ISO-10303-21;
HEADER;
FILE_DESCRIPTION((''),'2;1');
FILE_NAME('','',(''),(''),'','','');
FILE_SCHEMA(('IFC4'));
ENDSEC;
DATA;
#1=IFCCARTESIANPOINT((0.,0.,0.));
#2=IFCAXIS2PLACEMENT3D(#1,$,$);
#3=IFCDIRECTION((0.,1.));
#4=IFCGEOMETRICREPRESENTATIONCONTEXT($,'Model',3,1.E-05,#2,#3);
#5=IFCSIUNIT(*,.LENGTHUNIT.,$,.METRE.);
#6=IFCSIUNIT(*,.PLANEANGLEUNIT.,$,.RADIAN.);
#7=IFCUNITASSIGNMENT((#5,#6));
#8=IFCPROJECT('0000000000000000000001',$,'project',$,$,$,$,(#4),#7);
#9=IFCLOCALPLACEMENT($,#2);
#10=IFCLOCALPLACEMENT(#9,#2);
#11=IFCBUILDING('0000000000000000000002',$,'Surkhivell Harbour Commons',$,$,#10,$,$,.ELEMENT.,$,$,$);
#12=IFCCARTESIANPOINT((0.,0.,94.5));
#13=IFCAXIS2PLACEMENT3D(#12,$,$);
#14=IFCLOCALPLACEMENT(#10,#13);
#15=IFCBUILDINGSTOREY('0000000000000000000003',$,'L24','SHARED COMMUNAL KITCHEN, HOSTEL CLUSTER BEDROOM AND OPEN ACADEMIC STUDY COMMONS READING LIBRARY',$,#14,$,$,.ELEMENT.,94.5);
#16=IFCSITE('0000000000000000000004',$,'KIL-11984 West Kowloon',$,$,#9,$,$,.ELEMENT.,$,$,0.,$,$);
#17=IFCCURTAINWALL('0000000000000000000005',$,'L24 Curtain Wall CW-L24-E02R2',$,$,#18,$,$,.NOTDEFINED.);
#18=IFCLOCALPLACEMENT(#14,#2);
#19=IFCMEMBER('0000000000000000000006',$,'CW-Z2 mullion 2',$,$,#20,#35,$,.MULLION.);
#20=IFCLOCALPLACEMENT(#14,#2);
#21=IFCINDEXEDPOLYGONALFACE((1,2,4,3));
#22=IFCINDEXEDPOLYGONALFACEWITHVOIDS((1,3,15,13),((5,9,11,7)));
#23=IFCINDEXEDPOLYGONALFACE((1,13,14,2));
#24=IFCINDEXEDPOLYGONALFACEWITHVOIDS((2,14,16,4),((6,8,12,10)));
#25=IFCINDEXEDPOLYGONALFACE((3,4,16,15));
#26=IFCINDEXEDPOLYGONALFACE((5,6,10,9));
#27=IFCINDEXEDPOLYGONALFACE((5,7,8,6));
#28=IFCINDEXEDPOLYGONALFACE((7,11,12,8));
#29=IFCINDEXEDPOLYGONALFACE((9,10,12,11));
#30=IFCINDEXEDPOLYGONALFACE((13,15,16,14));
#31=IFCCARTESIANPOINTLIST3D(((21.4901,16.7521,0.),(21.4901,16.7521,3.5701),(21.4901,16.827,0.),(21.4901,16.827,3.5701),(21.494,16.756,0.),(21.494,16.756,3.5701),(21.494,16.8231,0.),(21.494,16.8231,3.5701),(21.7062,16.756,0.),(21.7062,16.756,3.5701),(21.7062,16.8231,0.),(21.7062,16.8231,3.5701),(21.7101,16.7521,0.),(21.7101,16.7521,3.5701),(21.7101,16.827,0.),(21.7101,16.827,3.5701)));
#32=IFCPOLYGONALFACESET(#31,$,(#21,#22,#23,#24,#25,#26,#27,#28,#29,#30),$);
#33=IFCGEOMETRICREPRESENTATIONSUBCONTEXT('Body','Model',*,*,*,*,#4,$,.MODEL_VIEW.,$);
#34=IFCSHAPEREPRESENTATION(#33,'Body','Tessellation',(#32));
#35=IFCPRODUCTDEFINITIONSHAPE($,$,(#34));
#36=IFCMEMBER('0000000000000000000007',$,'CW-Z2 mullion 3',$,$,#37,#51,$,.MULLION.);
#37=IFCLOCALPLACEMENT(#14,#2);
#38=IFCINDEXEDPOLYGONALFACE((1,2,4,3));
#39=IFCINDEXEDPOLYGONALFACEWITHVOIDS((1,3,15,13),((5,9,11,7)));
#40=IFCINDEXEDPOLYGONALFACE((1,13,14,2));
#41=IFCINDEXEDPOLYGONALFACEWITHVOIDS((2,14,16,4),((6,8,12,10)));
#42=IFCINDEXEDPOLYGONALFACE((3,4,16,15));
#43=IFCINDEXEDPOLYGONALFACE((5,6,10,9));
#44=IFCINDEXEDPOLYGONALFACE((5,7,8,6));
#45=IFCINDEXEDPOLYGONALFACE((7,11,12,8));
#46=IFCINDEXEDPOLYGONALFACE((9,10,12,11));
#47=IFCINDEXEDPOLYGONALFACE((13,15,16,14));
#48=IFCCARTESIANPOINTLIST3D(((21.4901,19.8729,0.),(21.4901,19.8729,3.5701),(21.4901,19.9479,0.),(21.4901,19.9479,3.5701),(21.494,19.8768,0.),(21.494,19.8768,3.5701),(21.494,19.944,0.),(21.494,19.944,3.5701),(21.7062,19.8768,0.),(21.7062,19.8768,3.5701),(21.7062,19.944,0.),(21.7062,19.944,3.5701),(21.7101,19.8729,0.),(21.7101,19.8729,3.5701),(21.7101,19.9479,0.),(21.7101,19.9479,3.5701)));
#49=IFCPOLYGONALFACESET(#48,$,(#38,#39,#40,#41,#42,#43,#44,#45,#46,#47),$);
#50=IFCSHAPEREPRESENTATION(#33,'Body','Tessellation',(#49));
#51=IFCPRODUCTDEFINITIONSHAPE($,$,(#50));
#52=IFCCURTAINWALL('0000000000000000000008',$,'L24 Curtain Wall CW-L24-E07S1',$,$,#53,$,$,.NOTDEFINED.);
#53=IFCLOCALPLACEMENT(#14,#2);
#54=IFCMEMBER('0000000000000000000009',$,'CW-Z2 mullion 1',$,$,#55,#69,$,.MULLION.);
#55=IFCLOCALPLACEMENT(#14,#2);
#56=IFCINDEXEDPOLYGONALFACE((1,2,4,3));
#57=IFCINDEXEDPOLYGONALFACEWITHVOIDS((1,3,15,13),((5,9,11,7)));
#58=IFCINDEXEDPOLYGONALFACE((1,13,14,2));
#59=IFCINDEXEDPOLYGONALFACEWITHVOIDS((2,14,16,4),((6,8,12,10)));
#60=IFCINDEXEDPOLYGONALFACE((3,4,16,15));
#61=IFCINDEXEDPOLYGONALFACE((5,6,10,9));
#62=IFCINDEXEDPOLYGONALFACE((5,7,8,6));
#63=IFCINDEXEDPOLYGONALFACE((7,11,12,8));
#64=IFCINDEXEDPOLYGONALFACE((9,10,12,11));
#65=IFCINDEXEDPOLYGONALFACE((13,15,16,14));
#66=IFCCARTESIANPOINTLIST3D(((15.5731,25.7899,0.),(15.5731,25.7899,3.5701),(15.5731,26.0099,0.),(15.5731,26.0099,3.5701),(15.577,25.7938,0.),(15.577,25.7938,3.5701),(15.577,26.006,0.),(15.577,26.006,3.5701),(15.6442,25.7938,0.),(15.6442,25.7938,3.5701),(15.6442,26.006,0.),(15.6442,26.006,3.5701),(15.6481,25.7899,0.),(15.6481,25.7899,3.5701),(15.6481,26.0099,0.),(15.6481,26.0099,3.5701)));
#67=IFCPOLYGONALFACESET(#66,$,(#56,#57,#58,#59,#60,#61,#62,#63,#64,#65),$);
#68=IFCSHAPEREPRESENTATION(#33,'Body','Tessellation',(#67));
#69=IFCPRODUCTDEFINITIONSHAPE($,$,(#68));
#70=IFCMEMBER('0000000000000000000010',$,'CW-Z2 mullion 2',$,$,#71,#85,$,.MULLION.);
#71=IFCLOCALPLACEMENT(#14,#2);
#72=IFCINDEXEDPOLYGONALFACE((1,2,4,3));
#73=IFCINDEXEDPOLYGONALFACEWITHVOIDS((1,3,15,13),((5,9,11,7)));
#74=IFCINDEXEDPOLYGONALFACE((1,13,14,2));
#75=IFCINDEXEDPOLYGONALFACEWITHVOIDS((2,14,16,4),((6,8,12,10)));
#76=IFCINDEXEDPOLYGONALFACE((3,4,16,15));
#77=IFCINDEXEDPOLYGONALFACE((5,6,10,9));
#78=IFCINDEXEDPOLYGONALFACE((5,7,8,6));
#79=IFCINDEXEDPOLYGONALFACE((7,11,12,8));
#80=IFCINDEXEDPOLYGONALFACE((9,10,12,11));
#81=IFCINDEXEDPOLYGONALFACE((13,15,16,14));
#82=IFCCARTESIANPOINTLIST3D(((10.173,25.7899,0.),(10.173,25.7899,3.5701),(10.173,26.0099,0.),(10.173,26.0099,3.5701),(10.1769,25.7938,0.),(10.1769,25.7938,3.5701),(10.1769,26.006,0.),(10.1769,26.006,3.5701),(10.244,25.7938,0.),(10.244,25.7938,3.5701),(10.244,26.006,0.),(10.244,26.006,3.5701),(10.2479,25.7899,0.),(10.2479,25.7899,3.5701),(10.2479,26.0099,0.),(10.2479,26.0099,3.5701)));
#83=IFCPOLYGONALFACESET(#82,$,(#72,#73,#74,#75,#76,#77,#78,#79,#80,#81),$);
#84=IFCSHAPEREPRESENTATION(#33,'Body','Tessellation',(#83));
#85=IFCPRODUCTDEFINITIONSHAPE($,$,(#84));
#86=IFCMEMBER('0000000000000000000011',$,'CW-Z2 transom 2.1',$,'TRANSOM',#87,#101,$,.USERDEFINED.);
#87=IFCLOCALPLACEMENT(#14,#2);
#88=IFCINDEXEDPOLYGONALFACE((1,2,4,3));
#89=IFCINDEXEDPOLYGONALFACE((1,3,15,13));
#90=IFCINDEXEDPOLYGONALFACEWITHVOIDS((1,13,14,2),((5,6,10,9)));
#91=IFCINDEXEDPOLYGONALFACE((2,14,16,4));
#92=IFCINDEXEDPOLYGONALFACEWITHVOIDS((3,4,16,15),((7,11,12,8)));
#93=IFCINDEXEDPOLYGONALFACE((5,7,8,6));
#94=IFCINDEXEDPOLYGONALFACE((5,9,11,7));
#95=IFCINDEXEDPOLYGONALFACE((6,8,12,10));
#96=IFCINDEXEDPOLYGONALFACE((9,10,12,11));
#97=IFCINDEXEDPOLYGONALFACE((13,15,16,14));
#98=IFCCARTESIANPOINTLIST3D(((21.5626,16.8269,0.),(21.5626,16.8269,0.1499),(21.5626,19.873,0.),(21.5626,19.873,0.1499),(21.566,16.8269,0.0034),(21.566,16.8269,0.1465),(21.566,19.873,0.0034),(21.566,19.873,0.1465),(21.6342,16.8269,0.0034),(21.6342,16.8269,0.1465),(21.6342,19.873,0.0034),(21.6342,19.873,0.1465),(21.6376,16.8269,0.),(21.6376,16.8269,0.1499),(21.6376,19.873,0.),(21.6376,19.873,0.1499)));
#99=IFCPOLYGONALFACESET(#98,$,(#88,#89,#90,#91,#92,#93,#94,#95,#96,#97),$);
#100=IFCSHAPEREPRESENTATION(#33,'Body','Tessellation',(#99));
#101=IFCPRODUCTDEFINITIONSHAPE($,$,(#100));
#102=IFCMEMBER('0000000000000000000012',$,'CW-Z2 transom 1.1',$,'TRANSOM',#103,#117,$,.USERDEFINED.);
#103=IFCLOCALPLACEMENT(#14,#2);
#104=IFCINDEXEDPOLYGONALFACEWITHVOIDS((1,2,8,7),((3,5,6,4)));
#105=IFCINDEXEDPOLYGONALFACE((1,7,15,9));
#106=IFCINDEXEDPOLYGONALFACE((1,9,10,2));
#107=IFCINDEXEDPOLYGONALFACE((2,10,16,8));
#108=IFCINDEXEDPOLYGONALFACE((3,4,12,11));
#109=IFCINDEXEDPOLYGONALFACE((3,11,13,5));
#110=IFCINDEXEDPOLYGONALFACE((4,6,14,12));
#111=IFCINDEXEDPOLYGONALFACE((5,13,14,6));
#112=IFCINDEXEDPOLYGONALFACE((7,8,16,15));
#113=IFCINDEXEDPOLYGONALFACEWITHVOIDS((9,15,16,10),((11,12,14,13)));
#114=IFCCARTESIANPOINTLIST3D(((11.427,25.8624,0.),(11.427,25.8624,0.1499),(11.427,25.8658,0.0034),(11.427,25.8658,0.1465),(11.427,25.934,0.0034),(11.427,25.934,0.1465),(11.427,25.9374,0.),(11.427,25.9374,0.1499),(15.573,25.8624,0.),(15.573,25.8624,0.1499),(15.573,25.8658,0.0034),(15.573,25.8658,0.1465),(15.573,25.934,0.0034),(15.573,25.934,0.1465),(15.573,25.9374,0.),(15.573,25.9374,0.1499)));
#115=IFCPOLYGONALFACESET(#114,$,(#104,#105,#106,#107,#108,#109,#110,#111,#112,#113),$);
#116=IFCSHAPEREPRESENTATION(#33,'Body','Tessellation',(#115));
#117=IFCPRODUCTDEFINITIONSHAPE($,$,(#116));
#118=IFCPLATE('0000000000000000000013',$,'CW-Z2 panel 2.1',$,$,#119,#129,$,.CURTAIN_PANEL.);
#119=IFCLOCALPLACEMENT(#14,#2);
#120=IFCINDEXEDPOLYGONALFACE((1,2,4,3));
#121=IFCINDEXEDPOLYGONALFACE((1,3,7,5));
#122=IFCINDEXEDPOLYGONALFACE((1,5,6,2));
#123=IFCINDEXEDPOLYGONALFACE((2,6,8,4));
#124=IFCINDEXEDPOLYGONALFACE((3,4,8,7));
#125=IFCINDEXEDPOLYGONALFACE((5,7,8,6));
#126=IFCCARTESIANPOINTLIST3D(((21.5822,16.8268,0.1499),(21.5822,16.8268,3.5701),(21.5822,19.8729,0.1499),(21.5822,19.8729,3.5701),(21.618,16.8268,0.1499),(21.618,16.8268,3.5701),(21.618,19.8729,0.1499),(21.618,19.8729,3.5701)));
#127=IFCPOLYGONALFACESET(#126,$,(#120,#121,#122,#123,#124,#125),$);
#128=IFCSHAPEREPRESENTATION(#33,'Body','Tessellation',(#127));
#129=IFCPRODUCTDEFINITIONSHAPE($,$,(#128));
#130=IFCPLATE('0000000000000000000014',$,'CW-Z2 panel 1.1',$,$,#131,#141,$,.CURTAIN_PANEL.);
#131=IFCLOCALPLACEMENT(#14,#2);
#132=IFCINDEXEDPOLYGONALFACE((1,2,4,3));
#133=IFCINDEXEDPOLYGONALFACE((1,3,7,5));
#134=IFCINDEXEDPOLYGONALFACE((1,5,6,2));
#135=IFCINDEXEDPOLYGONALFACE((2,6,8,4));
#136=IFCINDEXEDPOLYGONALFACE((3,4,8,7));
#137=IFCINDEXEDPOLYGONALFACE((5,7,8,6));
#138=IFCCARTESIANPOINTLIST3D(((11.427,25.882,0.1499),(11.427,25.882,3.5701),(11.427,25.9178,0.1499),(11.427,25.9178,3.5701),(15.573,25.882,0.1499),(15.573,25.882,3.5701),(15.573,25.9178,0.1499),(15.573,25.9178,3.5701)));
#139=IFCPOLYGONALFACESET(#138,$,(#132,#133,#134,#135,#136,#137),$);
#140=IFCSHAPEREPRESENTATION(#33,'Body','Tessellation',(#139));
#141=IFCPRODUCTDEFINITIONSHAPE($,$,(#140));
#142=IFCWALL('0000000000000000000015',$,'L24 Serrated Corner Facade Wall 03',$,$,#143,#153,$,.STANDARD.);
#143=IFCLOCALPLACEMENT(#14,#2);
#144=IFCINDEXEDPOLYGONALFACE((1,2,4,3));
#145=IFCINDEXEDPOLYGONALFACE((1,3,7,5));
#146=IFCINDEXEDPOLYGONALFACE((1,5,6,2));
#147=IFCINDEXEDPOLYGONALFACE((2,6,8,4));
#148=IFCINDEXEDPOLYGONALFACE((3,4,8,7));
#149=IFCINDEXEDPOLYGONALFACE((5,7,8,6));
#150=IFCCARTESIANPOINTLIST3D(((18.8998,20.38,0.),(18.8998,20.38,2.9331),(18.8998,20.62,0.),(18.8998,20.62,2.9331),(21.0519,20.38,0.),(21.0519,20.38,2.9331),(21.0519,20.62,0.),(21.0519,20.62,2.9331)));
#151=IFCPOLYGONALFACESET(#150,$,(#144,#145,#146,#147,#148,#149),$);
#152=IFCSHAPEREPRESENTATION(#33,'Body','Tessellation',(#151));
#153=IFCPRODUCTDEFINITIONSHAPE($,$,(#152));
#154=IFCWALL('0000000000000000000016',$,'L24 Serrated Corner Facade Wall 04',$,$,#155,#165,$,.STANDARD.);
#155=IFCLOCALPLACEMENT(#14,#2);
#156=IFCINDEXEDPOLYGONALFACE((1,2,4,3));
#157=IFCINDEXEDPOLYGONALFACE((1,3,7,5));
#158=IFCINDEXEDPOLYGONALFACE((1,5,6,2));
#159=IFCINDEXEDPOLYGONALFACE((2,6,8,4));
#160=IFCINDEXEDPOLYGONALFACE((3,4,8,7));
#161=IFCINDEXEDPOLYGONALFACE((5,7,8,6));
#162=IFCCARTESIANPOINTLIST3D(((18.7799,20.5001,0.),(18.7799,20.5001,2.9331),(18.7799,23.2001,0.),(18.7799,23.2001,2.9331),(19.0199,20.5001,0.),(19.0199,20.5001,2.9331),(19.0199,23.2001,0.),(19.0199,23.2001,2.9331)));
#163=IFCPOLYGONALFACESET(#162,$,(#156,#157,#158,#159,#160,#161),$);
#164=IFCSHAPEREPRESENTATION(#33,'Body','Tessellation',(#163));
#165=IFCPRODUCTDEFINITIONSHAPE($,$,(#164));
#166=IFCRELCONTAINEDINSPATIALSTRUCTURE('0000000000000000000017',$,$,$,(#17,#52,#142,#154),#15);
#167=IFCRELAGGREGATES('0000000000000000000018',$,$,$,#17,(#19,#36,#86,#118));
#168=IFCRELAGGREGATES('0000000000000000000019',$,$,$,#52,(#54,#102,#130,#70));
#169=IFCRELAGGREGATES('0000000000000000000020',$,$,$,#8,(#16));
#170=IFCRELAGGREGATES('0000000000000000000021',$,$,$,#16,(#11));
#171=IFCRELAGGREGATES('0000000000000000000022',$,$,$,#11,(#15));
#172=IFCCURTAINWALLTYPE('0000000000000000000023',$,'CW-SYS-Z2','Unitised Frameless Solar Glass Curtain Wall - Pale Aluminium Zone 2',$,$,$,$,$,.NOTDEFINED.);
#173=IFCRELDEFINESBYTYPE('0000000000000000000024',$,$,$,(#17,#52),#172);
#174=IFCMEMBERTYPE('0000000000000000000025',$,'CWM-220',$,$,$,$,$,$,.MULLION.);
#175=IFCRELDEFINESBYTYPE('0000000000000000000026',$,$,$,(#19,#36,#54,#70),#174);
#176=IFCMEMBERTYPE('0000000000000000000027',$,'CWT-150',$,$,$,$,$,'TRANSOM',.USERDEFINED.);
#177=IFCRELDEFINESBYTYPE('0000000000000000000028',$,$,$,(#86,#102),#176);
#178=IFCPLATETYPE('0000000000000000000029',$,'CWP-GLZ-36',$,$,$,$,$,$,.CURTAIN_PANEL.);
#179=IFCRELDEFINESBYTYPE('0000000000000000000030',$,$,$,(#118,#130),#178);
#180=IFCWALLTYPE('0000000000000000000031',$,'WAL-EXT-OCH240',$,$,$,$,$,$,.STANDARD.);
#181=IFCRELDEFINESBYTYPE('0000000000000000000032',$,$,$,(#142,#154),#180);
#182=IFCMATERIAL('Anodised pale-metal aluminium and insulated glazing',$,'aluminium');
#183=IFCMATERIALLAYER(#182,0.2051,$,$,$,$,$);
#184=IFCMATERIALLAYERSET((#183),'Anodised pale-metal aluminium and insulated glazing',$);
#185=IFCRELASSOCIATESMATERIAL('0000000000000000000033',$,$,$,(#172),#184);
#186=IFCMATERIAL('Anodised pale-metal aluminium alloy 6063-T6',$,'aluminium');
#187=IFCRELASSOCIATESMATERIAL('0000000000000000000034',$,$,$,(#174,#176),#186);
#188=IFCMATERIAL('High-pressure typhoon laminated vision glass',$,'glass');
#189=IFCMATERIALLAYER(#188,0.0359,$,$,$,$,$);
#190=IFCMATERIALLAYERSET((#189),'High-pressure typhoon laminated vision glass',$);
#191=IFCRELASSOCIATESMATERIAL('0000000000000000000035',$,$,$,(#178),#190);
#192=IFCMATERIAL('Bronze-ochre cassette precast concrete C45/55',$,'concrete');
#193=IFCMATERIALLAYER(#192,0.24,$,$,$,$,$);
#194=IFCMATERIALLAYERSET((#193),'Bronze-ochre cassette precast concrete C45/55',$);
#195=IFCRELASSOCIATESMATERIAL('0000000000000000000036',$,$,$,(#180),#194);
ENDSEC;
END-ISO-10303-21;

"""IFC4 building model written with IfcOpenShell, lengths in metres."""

from ifc_helpers import new_model, si_unit, direction, frame, frame_2d, origin, origin_2d, place, context, subcontext, project, spatial, rectangle, hollow_rectangle, extrude, material, layer, layer_set, material_profile, profile_set, type_object, element, aggregate, save


model = new_model("IFC4")

# Units and contexts
model_context = context("Model", 3, precision=1e-05, world=origin(), true_north=direction((0.0, 1.0)))
body_context = subcontext(model_context, "Body", "Model", "MODEL_VIEW")
ifc_project = project(units=[si_unit("LENGTHUNIT", "METRE"), si_unit("PLANEANGLEUNIT", "RADIAN")], contexts=[model_context])

# Site, building, storey
site_placement = place(None, origin())
site = spatial("IfcSite", under=ifc_project, at=site_placement, Name="KIL-11984 West Kowloon", CompositionType="ELEMENT", RefElevation=0.0)
building_placement = place(site_placement, origin())
building = spatial("IfcBuilding", under=site, at=building_placement, Name="Surkhivell Harbour Commons", CompositionType="ELEMENT")
storey_placement = place(building_placement, frame((0.0, 0.0, 94.5)))
storey = spatial("IfcBuildingStorey", under=building, at=storey_placement, Name="L24", Description="SHARED COMMUNAL KITCHEN, HOSTEL CLUSTER BEDROOM AND OPEN ACADEMIC STUDY COMMONS READING LIBRARY", CompositionType="ELEMENT", Elevation=94.5)

# Curtain walls, members
ifc_material_1 = material(Name="Anodised pale-metal aluminium and insulated glazing", Category="aluminium")
ifc_layer_1 = layer(ifc_material_1, 0.2051)
ifc_layer_set_1 = layer_set([ifc_layer_1], Name="Anodised pale-metal aluminium and insulated glazing")
curtain_wall_type = type_object("IfcCurtainWallType", Name="CW-SYS-Z2", Description="Unitised Frameless Solar Glass Curtain Wall - Pale Aluminium Zone 2", PredefinedType="NOTDEFINED", material=ifc_layer_set_1)
curtain_wall_1_placement = place(storey_placement, origin())
curtain_wall_1 = element("IfcCurtainWall", 1, at=curtain_wall_1_placement, inside=storey, type_object=curtain_wall_type, Name="L24 Curtain Wall CW-L24-E02R2", PredefinedType="NOTDEFINED")
ifc_material_2 = material(Name="Anodised pale-metal aluminium alloy 6063-T6", Category="aluminium")
ifc_material_profile_1 = material_profile(ifc_material_2, hollow_rectangle(XDim=0.075, YDim=0.22, WallThickness=0.0039, at=origin_2d()), Name="ALU-MULL-75x220")
ifc_profile_set_1 = profile_set([ifc_material_profile_1], Name="Anodised pale-metal aluminium alloy 6063-T6")
member_type_1 = type_object("IfcMemberType", Name="CWM-220", PredefinedType="MULLION", material=ifc_profile_set_1)
member_1_placement = place(storey_placement, frame((21.6001, 16.7896, 0.0), z_axis=(0.0, 0.0, 1.0), x_axis=(0.0, 1.0, 0.0)))
member_1 = element("IfcMember", 2, at=member_1_placement, type_object=member_type_1, Name="CW-Z2 mullion 2", PredefinedType="MULLION", context=body_context, shape_type="SweptSolid", body=[
    extrude(hollow_rectangle(XDim=0.075, YDim=0.22, WallThickness=0.0039, at=origin_2d()), origin(), (0.0, 0.0, 1.0), 3.5701),
])
member_2_placement = place(storey_placement, frame((21.6001, 19.9104, 0.0), z_axis=(0.0, 0.0, 1.0), x_axis=(0.0, 1.0, 0.0)))
member_2 = element("IfcMember", 3, at=member_2_placement, type_object=member_type_1, Name="CW-Z2 mullion 3", PredefinedType="MULLION", context=body_context, shape_type="SweptSolid", body=[
    extrude(hollow_rectangle(XDim=0.075, YDim=0.22, WallThickness=0.0039, at=origin_2d()), origin(), (0.0, 0.0, 1.0), 3.5701),
])
curtain_wall_2_placement = place(storey_placement, origin())
curtain_wall_2 = element("IfcCurtainWall", 4, at=curtain_wall_2_placement, inside=storey, type_object=curtain_wall_type, Name="L24 Curtain Wall CW-L24-E07S1", PredefinedType="NOTDEFINED")
member_3_placement = place(storey_placement, frame((15.6106, 25.8999, 0.0), z_axis=(0.0, 0.0, 1.0), x_axis=(-1.0, 0.0, 0.0)))
member_3 = element("IfcMember", 5, at=member_3_placement, type_object=member_type_1, Name="CW-Z2 mullion 1", PredefinedType="MULLION", context=body_context, shape_type="SweptSolid", body=[
    extrude(hollow_rectangle(XDim=0.075, YDim=0.22, WallThickness=0.0039, at=origin_2d()), origin(), (0.0, 0.0, 1.0), 3.5701),
])
member_4_placement = place(storey_placement, frame((10.2104, 25.8999, 0.0), z_axis=(0.0, 0.0, 1.0), x_axis=(-1.0, 0.0, 0.0)))
member_4 = element("IfcMember", 6, at=member_4_placement, type_object=member_type_1, Name="CW-Z2 mullion 2", PredefinedType="MULLION", context=body_context, shape_type="SweptSolid", body=[
    extrude(hollow_rectangle(XDim=0.075, YDim=0.22, WallThickness=0.0039, at=origin_2d()), origin(), (0.0, 0.0, 1.0), 3.5701),
])

# Members
ifc_material_profile_2 = material_profile(ifc_material_2, hollow_rectangle(XDim=0.075, YDim=0.1499, WallThickness=0.0034, at=origin_2d()), Name="ALU-TRAN-75x150")
ifc_profile_set_2 = profile_set([ifc_material_profile_2], Name="Anodised pale-metal aluminium alloy 6063-T6")
member_type_2 = type_object("IfcMemberType", Name="CWT-150", ElementType="TRANSOM", PredefinedType="USERDEFINED", material=ifc_profile_set_2)
member_5_placement = place(storey_placement, frame((21.6001, 16.8269, 0.075), z_axis=(0.0, 1.0, 0.0), x_axis=(-1.0, 0.0, 0.0)))
member_5 = element("IfcMember", 7, at=member_5_placement, type_object=member_type_2, Name="CW-Z2 transom 2.1", ObjectType="TRANSOM", PredefinedType="USERDEFINED", context=body_context, shape_type="SweptSolid", body=[
    extrude(hollow_rectangle(XDim=0.075, YDim=0.1499, WallThickness=0.0034, at=origin_2d()), origin(), (0.0, 0.0, 1.0), 3.0461),
])
member_6_placement = place(storey_placement, frame((15.573, 25.8999, 0.075), z_axis=(-1.0, 0.0, 0.0), x_axis=(0.0, -1.0, 0.0)))
member_6 = element("IfcMember", 8, at=member_6_placement, type_object=member_type_2, Name="CW-Z2 transom 1.1", ObjectType="TRANSOM", PredefinedType="USERDEFINED", context=body_context, shape_type="SweptSolid", body=[
    extrude(hollow_rectangle(XDim=0.075, YDim=0.1499, WallThickness=0.0034, at=origin_2d()), origin(), (0.0, 0.0, 1.0), 4.146),
])

# Plates
ifc_material_3 = material(Name="High-pressure typhoon laminated vision glass", Category="glass")
ifc_layer_2 = layer(ifc_material_3, 0.0359)
ifc_layer_set_2 = layer_set([ifc_layer_2], Name="High-pressure typhoon laminated vision glass")
plate_type = type_object("IfcPlateType", Name="CWP-GLZ-36", PredefinedType="CURTAIN_PANEL", material=ifc_layer_set_2)
plate_1_placement = place(storey_placement, frame((21.6001, 16.8269, 0.1499), z_axis=(0.0, 0.0, 1.0), x_axis=(0.0, 1.0, 0.0)))
plate_1 = element("IfcPlate", 9, at=plate_1_placement, type_object=plate_type, Name="CW-Z2 panel 2.1", PredefinedType="CURTAIN_PANEL", context=body_context, shape_type="SweptSolid", body=[
    extrude(rectangle(XDim=3.0461, YDim=0.0359, at=frame_2d((1.5229, 0.0))), origin(), (0.0, 0.0, 1.0), 3.4202),
])
aggregate(curtain_wall_1, [member_1, member_2, member_5, plate_1])
plate_2_placement = place(storey_placement, frame((15.573, 25.8999, 0.1499), z_axis=(0.0, 0.0, 1.0), x_axis=(-1.0, 0.0, 0.0)))
plate_2 = element("IfcPlate", 10, at=plate_2_placement, type_object=plate_type, Name="CW-Z2 panel 1.1", PredefinedType="CURTAIN_PANEL", context=body_context, shape_type="SweptSolid", body=[
    extrude(rectangle(XDim=4.146, YDim=0.0359, at=frame_2d((2.073, 0.0))), origin(), (0.0, 0.0, 1.0), 3.4202),
])
aggregate(curtain_wall_2, [member_3, member_6, plate_2, member_4])

# Walls
ifc_material_4 = material(Name="Bronze-ochre cassette precast concrete C45/55", Category="concrete")
ifc_layer_3 = layer(ifc_material_4, 0.24)
ifc_layer_set_3 = layer_set([ifc_layer_3], Name="Bronze-ochre cassette precast concrete C45/55")
wall_type_1 = type_object("IfcWallType", Name="WAL-EXT-OCH240", PredefinedType="STANDARD", material=ifc_layer_set_3)
wall_1_placement = place(storey_placement, frame((21.052, 20.5, 0.0), z_axis=(0.0, 0.0, 1.0), x_axis=(-1.0, 0.0, 0.0)))
element("IfcWall", 11, at=wall_1_placement, inside=storey, type_object=wall_type_1, Name="L24 Serrated Corner Facade Wall 03", PredefinedType="STANDARD", context=body_context, shape_type="SweptSolid", body=[
    extrude(rectangle(XDim=2.1521, YDim=0.24, at=frame_2d((1.0762, 0.0))), origin(), (0.0, 0.0, 1.0), 2.9331),
])
wall_2_placement = place(storey_placement, frame((18.8999, 20.5, 0.0), z_axis=(0.0, 0.0, 1.0), x_axis=(0.0, 1.0, 0.0)))
element("IfcWall", 12, at=wall_2_placement, inside=storey, type_object=wall_type_1, Name="L24 Serrated Corner Facade Wall 04", PredefinedType="STANDARD", context=body_context, shape_type="SweptSolid", body=[
    extrude(rectangle(XDim=2.7, YDim=0.24, at=frame_2d((1.3501, 0.0))), origin(), (0.0, 0.0, 1.0), 2.9331),
])

save(model, "model.ifc")
